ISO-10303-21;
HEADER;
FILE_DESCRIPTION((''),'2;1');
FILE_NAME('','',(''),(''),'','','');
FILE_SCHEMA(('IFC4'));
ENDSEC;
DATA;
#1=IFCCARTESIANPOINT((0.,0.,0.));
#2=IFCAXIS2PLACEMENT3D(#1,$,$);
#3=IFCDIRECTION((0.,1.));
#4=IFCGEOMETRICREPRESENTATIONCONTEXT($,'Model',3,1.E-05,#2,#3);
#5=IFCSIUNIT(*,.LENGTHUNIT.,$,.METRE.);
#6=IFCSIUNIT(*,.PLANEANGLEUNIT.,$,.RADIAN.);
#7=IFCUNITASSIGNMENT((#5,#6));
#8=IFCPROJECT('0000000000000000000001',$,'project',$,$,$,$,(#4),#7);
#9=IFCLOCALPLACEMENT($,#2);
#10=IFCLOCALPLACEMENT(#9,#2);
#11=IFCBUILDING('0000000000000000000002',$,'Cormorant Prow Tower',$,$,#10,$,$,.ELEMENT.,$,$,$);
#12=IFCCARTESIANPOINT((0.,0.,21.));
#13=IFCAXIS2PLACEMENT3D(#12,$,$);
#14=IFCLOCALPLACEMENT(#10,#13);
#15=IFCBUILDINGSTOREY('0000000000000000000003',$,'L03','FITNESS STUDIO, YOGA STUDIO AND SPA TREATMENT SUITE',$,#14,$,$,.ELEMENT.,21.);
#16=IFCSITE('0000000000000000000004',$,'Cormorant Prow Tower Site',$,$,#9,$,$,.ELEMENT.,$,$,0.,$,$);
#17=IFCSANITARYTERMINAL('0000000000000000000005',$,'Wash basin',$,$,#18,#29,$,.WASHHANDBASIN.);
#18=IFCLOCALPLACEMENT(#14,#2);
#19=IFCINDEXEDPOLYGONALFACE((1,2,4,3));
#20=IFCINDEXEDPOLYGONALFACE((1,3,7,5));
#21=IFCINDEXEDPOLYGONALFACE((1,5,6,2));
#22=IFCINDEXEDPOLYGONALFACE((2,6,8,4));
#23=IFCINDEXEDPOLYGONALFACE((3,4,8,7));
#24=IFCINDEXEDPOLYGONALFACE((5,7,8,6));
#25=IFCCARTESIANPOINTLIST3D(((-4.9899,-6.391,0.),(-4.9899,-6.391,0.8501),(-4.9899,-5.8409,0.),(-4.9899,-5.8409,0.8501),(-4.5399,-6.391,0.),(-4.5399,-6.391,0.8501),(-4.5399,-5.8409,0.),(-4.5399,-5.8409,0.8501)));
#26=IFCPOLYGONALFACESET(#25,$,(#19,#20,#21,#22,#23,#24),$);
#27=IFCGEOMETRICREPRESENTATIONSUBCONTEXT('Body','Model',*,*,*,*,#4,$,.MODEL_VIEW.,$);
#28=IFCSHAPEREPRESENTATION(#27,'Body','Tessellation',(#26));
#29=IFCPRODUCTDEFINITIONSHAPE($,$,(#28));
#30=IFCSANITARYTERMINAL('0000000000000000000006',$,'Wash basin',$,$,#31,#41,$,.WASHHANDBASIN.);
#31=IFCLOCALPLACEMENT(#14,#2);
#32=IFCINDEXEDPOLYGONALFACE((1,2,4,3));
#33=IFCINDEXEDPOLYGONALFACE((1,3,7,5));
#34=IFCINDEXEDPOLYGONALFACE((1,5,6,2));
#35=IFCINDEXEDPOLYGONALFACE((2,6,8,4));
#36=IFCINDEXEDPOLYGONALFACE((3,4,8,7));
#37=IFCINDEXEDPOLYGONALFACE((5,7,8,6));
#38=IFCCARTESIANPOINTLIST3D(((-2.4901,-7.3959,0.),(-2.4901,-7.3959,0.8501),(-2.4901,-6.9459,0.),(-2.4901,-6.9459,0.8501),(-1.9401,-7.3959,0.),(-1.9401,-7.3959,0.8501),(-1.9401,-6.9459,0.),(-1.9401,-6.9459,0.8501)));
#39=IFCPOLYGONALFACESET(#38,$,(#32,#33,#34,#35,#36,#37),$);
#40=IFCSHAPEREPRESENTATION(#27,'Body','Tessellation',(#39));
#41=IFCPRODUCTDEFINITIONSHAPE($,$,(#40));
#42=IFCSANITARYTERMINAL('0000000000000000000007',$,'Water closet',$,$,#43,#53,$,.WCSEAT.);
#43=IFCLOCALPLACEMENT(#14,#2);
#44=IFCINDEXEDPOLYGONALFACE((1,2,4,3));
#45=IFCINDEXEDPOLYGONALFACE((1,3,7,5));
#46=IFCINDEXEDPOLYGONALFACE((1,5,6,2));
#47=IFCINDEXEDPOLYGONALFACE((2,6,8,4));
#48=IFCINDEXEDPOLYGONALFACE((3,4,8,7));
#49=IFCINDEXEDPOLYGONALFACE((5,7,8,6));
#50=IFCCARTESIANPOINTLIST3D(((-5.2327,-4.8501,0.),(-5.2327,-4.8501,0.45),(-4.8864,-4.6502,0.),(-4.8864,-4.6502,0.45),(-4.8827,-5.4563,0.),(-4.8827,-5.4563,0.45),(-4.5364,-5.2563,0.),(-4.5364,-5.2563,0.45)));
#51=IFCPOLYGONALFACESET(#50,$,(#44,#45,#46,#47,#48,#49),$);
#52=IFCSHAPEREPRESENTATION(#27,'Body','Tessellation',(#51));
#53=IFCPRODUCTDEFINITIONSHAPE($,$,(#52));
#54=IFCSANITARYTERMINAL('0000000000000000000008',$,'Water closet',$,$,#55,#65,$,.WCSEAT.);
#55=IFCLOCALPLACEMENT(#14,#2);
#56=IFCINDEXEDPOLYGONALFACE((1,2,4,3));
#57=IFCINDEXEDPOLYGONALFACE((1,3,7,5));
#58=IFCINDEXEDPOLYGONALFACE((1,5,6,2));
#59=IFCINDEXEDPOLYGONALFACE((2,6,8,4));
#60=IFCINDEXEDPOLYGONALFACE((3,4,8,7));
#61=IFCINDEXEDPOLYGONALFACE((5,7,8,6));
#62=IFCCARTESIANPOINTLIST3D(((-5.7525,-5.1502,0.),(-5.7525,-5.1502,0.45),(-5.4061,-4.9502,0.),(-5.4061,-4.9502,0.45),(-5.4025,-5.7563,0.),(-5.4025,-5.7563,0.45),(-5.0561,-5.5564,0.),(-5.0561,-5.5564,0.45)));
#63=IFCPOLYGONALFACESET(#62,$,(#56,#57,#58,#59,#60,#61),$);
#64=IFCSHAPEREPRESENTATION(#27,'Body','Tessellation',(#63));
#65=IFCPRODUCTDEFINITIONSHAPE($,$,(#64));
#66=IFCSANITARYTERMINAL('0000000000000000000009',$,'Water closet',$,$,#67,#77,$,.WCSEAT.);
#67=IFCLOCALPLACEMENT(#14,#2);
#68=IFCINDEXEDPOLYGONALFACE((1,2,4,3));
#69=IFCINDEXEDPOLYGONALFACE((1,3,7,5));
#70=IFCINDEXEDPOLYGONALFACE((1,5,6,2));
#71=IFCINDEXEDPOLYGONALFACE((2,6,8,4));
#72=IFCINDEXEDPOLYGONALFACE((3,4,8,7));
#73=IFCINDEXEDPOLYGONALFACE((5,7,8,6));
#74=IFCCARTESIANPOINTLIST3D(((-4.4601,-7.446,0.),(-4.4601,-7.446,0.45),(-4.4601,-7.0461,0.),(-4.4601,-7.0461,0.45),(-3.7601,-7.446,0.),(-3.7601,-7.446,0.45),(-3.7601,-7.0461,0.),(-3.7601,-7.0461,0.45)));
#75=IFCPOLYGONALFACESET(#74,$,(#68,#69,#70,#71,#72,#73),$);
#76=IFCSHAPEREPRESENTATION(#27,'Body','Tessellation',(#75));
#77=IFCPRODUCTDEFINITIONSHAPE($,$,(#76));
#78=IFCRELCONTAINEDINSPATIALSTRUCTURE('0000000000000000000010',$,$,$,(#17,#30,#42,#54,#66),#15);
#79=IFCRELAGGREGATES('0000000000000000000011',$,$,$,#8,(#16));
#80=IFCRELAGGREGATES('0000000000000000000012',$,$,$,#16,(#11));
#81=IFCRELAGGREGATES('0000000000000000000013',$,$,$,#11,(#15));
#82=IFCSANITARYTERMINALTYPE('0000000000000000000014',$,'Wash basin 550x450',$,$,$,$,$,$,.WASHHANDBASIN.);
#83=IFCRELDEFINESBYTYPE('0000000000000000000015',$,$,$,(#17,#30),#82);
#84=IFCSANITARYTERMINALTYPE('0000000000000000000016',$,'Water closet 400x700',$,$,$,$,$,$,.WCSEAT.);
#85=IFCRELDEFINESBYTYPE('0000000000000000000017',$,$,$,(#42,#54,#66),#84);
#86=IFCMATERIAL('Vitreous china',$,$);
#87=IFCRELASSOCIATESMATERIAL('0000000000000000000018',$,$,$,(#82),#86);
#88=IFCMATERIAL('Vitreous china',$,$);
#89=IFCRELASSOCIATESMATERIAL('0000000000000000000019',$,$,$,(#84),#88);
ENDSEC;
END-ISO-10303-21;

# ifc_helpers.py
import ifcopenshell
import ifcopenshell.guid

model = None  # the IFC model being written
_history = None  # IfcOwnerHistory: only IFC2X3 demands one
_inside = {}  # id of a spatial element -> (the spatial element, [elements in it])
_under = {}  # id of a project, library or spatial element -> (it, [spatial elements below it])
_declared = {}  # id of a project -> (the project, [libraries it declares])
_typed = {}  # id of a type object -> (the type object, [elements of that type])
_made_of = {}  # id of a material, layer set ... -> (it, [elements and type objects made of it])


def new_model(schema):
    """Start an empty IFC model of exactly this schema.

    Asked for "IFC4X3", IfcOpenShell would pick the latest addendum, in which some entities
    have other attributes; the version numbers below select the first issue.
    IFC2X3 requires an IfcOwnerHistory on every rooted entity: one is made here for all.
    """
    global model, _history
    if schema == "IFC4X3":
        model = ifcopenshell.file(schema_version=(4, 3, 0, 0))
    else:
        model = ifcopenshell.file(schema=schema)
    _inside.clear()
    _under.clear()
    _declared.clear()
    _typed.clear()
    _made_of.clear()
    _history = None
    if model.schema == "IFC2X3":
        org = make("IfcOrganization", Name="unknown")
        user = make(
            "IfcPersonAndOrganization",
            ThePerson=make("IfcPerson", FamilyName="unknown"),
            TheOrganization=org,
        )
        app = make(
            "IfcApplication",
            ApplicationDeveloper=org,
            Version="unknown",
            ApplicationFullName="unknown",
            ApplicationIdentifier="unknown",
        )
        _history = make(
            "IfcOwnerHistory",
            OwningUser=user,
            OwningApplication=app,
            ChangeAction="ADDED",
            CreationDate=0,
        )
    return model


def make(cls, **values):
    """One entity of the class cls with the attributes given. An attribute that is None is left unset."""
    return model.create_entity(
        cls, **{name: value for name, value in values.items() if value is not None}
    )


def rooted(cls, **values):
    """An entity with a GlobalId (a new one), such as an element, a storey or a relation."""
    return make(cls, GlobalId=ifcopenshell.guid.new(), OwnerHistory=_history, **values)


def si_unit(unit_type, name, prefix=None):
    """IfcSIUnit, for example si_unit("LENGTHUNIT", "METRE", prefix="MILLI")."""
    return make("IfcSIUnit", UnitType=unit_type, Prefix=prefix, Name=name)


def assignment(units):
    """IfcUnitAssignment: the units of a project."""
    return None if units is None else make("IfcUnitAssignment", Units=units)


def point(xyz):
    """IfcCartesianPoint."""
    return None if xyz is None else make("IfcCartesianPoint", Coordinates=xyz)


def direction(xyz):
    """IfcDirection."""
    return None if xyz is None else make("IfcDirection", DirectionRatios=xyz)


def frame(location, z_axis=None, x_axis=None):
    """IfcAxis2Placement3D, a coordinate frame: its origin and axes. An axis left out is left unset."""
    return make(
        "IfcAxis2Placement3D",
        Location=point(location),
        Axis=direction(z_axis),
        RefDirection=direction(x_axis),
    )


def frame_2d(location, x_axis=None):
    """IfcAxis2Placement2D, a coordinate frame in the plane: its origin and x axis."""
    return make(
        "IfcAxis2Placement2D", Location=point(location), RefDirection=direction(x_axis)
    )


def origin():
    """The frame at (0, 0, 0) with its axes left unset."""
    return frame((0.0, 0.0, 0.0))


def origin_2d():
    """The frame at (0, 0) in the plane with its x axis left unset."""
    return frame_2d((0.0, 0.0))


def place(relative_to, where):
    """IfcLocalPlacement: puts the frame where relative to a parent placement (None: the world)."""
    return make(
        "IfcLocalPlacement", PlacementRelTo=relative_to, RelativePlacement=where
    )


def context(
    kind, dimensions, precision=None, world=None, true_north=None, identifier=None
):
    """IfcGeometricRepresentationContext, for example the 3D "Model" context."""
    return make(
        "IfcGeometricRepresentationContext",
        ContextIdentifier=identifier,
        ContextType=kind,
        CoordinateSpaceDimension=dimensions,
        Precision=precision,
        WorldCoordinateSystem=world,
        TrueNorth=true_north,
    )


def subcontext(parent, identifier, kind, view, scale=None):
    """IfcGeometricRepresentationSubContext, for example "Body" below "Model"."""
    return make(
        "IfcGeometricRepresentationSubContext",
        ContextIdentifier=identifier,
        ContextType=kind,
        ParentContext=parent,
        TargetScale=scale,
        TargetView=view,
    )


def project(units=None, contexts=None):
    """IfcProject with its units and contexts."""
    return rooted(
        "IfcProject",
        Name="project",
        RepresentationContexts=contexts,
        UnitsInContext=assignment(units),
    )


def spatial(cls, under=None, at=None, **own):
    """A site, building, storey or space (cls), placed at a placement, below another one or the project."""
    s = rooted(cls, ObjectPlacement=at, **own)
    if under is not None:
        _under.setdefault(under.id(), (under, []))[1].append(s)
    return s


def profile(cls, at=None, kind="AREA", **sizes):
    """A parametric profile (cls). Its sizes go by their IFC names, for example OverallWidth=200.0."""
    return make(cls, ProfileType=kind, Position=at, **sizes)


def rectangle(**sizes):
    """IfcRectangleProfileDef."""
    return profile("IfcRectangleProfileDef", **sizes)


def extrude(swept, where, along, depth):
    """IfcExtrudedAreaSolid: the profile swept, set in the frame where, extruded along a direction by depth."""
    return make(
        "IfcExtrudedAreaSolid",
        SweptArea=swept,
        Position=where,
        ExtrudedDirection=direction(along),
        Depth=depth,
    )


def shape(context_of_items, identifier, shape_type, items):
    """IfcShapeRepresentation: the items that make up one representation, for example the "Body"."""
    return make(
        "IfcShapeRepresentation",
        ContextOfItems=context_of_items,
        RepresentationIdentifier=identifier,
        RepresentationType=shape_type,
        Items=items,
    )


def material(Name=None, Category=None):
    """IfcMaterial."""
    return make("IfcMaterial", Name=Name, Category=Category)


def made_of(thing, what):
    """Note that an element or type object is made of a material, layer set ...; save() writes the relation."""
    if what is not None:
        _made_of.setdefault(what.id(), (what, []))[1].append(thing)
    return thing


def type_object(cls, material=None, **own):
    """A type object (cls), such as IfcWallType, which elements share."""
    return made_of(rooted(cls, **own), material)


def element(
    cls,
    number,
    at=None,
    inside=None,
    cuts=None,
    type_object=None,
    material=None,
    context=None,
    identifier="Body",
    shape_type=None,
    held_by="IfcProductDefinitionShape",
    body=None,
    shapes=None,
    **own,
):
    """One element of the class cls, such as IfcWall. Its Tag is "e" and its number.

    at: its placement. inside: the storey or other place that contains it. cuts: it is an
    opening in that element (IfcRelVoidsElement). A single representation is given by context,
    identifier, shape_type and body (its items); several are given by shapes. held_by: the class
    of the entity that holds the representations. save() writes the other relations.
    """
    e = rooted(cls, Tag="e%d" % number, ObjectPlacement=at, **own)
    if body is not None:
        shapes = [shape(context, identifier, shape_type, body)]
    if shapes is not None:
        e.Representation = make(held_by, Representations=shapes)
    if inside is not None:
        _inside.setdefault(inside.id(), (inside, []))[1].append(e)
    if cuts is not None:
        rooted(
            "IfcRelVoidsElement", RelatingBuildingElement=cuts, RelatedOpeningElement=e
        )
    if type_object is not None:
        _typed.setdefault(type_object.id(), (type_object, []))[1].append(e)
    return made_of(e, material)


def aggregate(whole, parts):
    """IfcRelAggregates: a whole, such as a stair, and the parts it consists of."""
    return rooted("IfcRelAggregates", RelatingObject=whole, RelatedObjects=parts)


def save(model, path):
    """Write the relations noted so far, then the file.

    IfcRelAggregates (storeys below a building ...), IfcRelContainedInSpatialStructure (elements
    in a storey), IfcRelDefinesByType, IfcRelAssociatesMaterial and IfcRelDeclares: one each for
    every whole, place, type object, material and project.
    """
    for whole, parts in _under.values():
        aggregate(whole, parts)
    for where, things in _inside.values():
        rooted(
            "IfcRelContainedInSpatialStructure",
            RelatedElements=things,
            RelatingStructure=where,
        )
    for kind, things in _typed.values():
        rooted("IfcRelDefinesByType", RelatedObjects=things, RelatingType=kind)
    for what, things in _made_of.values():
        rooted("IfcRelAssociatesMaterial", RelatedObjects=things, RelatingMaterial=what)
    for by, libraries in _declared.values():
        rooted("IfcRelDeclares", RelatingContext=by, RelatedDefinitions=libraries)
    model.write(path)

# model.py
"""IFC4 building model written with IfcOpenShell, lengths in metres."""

from ifc_helpers import new_model, si_unit, direction, frame, origin, origin_2d, place, context, subcontext, project, spatial, rectangle, extrude, material, type_object, element, save


model = new_model("IFC4")

# Units and contexts
model_context = context("Model", 3, precision=1e-05, world=origin(), true_north=direction((0.0, 1.0)))
body_context = subcontext(model_context, "Body", "Model", "MODEL_VIEW")
ifc_project = project(units=[si_unit("LENGTHUNIT", "METRE"), si_unit("PLANEANGLEUNIT", "RADIAN")], contexts=[model_context])

# Site, building, storey
site_placement = place(None, origin())
site = spatial("IfcSite", under=ifc_project, at=site_placement, Name="Cormorant Prow Tower Site", CompositionType="ELEMENT", RefElevation=0.0)
building_placement = place(site_placement, origin())
building = spatial("IfcBuilding", under=site, at=building_placement, Name="Cormorant Prow Tower", CompositionType="ELEMENT")
storey_placement = place(building_placement, frame((0.0, 0.0, 21.0)))
storey = spatial("IfcBuildingStorey", under=building, at=storey_placement, Name="L03", Description="FITNESS STUDIO, YOGA STUDIO AND SPA TREATMENT SUITE", CompositionType="ELEMENT", Elevation=21.0)

# Sanitary terminals
ifc_material_1 = material(Name="Vitreous china")
sanitary_terminal_type_1 = type_object("IfcSanitaryTerminalType", Name="Wash basin 550x450", PredefinedType="WASHHANDBASIN", material=ifc_material_1)
for number, where, z_axis, x_axis, name in (
    (1, (-4.7649, -6.116, 0.0), (0.0, 0.0, 1.0), (0.0, 1.0, 0.0), "Wash basin"),
    (2, (-2.2151, -7.1709, 0.0), (0.0, 0.0, 1.0), (-1.0, 0.0, 0.0), "Wash basin"),
):
    element("IfcSanitaryTerminal", number, at=place(storey_placement, frame(where, z_axis=z_axis, x_axis=x_axis)), inside=storey, type_object=sanitary_terminal_type_1, Name=name, PredefinedType="WASHHANDBASIN", context=body_context, shape_type="SweptSolid", body=[
        extrude(rectangle(XDim=0.55, YDim=0.45, at=origin_2d()), origin(), (0.0, 0.0, 1.0), 0.8501),
    ])
ifc_material_2 = material(Name="Vitreous china")
sanitary_terminal_type_2 = type_object("IfcSanitaryTerminalType", Name="Water closet 400x700", PredefinedType="WCSEAT", material=ifc_material_2)
for number, where, z_axis, x_axis, name in (
    (3, (-4.8845, -5.0532, 0.0), (0.0, 0.0, 1.0), (-0.866017, -0.500015, 0.0), "Water closet"),
    (4, (-5.4043, -5.3533, 0.0), (0.0, 0.0, 1.0), (-0.866017, -0.500015, 0.0), "Water closet"),
    (5, (-4.1101, -7.2461, 0.0), (0.0, 0.0, 1.0), (0.0, -1.0, 0.0), "Water closet"),
):
    element("IfcSanitaryTerminal", number, at=place(storey_placement, frame(where, z_axis=z_axis, x_axis=x_axis)), inside=storey, type_object=sanitary_terminal_type_2, Name=name, PredefinedType="WCSEAT", context=body_context, shape_type="SweptSolid", body=[
        extrude(rectangle(XDim=0.3999, YDim=0.7, at=origin_2d()), origin(), (0.0, 0.0, 1.0), 0.45),
    ])

save(model, "model.ifc")
